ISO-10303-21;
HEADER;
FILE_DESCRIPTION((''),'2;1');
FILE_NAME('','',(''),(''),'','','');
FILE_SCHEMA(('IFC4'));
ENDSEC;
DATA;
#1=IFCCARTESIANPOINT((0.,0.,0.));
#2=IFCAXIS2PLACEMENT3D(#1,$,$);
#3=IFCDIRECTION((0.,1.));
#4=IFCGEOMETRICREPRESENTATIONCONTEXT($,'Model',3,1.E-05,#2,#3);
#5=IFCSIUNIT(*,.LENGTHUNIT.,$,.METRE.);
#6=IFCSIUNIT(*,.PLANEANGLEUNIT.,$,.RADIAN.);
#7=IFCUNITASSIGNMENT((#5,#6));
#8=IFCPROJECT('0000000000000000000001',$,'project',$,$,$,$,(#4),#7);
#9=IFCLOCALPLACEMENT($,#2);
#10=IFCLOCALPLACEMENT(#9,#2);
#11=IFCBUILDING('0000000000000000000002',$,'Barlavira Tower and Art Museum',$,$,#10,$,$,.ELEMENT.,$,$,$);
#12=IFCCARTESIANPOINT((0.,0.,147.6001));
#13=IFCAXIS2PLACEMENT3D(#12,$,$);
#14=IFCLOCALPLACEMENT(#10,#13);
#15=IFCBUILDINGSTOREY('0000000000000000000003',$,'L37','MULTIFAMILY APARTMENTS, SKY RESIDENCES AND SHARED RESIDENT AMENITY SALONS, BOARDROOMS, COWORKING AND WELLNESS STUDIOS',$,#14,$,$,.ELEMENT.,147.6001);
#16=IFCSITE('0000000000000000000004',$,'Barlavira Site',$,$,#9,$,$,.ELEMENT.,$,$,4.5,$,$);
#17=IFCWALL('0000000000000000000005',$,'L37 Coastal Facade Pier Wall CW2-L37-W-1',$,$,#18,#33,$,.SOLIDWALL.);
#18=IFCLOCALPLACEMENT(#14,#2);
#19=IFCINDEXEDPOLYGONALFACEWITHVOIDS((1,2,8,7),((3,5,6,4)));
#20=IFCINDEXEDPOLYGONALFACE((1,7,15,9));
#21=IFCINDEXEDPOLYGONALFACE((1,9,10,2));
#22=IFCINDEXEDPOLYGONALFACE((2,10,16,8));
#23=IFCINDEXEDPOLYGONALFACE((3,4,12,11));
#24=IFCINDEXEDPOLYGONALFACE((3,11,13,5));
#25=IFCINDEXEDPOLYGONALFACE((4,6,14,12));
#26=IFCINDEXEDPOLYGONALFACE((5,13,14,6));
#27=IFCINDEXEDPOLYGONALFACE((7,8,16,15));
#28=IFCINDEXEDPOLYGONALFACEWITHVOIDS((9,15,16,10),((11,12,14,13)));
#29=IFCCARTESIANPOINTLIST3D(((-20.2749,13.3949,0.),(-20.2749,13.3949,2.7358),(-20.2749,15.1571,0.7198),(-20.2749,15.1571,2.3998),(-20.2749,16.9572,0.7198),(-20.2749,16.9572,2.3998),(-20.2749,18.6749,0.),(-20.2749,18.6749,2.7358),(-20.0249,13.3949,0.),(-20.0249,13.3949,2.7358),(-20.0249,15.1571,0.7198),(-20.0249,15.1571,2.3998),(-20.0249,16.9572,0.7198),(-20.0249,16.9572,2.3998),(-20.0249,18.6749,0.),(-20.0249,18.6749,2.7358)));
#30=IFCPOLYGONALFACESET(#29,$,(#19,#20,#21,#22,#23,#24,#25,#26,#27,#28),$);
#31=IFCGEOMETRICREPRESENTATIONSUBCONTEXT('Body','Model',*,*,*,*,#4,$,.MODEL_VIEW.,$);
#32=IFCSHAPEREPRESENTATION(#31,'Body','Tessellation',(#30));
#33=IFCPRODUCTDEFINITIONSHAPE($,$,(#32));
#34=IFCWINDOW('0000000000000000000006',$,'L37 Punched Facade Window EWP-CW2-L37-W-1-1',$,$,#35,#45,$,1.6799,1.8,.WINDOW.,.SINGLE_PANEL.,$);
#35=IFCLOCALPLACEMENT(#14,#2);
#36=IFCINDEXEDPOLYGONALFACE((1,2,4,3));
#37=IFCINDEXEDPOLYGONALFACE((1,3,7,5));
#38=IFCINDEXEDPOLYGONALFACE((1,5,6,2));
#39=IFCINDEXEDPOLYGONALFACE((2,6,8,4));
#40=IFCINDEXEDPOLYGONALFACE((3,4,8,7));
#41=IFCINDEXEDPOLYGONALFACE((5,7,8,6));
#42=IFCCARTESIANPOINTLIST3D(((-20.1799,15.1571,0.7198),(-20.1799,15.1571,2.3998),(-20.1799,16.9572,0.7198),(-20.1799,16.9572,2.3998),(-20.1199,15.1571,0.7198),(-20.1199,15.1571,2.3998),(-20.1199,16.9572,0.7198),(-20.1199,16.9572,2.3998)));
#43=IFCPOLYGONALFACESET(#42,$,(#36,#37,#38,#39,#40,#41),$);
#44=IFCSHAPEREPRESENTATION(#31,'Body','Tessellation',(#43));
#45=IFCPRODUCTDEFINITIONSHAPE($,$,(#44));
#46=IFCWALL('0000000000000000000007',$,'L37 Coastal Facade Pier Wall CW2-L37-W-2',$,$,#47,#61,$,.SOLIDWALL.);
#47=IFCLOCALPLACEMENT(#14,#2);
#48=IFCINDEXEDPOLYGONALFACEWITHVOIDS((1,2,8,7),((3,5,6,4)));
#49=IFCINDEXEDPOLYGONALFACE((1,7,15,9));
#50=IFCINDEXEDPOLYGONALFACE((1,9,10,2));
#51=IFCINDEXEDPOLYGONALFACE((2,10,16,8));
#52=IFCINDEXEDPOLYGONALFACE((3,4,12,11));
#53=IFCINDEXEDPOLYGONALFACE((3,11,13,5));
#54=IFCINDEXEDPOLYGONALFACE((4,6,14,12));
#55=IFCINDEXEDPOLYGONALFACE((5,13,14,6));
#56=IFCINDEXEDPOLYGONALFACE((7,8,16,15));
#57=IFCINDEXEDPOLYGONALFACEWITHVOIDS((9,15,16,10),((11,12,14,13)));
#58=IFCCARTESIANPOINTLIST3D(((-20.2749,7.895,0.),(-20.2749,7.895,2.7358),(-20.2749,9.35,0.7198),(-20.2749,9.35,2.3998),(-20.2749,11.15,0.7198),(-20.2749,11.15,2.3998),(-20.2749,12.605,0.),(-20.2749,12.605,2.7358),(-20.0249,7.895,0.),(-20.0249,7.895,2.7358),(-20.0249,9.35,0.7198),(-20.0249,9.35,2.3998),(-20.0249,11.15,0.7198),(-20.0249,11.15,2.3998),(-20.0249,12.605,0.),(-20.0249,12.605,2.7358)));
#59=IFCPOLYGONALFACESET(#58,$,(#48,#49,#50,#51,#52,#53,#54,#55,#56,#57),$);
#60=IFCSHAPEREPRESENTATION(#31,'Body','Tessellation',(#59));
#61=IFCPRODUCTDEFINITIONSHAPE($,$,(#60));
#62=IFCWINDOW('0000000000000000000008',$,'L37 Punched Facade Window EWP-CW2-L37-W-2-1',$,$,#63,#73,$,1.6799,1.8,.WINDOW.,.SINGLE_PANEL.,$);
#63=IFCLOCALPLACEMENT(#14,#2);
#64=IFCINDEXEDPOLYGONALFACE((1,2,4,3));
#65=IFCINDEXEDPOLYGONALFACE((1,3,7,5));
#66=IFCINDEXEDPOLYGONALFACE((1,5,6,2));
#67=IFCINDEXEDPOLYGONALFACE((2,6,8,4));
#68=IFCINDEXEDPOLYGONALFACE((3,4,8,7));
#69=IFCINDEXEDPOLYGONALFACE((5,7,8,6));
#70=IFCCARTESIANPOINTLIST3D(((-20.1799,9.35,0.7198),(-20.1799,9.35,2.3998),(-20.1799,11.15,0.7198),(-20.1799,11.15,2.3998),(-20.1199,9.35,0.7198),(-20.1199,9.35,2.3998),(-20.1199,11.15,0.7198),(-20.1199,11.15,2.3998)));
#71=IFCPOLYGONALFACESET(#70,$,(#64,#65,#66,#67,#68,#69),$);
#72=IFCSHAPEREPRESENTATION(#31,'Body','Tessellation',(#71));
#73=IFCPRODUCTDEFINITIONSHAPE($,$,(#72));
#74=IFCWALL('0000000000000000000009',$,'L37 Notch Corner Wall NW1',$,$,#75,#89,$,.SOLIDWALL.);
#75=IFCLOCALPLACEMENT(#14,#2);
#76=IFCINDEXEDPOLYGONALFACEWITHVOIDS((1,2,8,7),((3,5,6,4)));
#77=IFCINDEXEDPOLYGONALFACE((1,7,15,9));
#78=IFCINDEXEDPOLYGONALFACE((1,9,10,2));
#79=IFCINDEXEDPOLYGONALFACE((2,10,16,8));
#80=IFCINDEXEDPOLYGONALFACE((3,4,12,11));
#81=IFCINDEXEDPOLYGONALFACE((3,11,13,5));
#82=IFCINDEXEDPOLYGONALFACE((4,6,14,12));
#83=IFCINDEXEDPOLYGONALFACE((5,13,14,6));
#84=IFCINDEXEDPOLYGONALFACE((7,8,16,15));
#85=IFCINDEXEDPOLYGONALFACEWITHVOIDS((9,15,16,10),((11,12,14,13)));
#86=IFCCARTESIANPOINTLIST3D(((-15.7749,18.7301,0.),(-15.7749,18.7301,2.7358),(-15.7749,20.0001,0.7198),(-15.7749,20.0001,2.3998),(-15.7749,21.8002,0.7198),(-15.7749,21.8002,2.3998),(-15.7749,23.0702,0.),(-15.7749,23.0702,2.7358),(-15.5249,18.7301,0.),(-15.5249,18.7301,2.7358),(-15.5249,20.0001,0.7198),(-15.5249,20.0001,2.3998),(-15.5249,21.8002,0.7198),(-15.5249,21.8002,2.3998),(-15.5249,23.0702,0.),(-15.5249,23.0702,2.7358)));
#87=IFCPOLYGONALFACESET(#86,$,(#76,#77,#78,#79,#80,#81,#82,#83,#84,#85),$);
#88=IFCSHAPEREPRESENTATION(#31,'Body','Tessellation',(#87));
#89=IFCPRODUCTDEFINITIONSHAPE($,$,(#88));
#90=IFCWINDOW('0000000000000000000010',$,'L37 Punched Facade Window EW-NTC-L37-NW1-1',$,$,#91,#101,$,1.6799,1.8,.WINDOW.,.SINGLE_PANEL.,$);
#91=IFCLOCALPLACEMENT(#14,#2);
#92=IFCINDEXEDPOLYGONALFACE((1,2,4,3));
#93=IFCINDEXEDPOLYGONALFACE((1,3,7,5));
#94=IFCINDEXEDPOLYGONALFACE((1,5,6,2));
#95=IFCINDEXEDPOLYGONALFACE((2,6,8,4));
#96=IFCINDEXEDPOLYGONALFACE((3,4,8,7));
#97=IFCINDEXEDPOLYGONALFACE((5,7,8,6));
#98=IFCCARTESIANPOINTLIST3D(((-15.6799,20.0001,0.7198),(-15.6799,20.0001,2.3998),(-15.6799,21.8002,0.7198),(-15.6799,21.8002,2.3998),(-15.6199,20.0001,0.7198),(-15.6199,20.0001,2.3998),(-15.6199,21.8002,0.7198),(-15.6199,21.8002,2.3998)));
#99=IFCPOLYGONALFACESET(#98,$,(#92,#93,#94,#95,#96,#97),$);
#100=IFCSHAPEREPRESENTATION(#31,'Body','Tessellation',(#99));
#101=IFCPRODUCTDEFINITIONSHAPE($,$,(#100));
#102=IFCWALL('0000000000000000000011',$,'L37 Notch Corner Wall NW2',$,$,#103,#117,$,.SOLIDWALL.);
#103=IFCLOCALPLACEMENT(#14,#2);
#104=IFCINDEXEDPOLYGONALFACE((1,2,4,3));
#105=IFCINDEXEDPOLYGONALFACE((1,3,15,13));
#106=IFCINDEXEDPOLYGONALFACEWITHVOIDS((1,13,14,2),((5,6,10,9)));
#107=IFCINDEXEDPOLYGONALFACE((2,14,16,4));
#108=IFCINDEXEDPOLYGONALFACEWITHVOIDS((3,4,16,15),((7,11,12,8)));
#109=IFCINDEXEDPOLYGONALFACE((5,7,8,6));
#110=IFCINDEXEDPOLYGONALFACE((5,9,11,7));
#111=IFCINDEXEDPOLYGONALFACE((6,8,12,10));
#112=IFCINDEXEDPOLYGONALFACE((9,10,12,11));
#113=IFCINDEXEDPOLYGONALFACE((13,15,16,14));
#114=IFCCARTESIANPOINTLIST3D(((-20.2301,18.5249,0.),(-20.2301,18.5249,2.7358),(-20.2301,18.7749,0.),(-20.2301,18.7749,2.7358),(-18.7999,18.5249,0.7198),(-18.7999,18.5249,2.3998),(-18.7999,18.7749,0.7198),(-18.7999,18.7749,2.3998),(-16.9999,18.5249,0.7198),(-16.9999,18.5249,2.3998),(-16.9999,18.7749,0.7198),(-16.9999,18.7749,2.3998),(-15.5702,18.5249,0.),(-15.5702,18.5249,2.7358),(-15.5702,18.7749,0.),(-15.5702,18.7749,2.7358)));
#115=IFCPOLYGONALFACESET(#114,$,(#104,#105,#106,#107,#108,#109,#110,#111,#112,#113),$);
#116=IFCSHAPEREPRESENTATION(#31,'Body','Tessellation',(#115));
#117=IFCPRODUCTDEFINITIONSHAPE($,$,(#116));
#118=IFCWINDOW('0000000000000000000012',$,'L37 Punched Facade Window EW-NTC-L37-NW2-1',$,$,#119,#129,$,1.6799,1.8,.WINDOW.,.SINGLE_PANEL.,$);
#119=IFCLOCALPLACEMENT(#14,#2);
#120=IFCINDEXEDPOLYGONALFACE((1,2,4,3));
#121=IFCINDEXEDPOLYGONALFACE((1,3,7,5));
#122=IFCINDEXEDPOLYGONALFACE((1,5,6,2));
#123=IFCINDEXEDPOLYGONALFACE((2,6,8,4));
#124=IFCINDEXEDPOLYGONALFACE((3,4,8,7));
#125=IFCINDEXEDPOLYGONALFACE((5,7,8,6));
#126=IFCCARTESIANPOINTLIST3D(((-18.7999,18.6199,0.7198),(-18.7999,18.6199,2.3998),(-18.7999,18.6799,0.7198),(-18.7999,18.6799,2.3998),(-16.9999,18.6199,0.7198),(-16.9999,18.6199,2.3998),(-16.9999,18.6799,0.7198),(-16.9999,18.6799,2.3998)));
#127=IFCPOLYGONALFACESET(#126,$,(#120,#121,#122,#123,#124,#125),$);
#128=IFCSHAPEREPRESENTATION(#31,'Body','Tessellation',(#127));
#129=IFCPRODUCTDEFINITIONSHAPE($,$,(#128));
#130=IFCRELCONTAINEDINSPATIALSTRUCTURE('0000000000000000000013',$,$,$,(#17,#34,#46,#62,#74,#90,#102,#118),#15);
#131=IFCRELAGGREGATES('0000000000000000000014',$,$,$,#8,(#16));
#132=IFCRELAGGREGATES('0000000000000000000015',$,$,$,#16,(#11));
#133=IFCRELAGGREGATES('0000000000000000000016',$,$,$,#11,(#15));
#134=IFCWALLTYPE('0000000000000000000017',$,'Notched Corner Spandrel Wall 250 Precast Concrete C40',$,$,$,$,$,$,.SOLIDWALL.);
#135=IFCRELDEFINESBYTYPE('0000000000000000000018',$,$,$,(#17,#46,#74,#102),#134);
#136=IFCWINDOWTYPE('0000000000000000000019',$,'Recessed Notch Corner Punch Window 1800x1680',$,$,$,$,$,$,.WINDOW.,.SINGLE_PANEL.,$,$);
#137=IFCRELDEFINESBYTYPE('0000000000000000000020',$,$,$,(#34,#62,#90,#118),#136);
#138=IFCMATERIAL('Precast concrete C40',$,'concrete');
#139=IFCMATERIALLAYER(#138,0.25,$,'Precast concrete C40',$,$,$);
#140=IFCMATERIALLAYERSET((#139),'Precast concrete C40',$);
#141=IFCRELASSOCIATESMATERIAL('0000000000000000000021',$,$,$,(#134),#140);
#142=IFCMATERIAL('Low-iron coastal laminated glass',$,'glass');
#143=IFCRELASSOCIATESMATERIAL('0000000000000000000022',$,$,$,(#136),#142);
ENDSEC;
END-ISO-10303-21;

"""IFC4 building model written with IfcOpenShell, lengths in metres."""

from ifc_helpers import new_model, si_unit, direction, frame, frame_2d, origin, place, context, subcontext, project, spatial, rectangle, extrude, material, layer, layer_set, type_object, element, fill, save


model = new_model("IFC4")

# Units and contexts
model_context = context("Model", 3, precision=1e-05, world=origin(), true_north=direction((0.0, 1.0)))
body_context = subcontext(model_context, "Body", "Model", "MODEL_VIEW")
ifc_project = project(units=[si_unit("LENGTHUNIT", "METRE"), si_unit("PLANEANGLEUNIT", "RADIAN")], contexts=[model_context])

# Site, building, storey
site_placement = place(None, origin())
site = spatial("IfcSite", under=ifc_project, at=site_placement, Name="Barlavira Site", CompositionType="ELEMENT", RefElevation=4.5)
building_placement = place(site_placement, origin())
building = spatial("IfcBuilding", under=site, at=building_placement, Name="Barlavira Tower and Art Museum", CompositionType="ELEMENT")
storey_placement = place(building_placement, frame((0.0, 0.0, 147.6001)))
storey = spatial("IfcBuildingStorey", under=building, at=storey_placement, Name="L37", Description="MULTIFAMILY APARTMENTS, SKY RESIDENCES AND SHARED RESIDENT AMENITY SALONS, BOARDROOMS, COWORKING AND WELLNESS STUDIOS", CompositionType="ELEMENT", Elevation=147.6001)

# Walls, openings, windows
ifc_material_1 = material(Name="Precast concrete C40", Category="concrete")
ifc_layer_1 = layer(ifc_material_1, 0.25, Name="Precast concrete C40")
ifc_layer_set_1 = layer_set([ifc_layer_1], Name="Precast concrete C40")
wall_type_1 = type_object("IfcWallType", Name="Notched Corner Spandrel Wall 250 Precast Concrete C40", PredefinedType="SOLIDWALL", material=ifc_layer_set_1)
ifc_material_2 = material(Name="Low-iron coastal laminated glass", Category="glass")
window_type = type_object("IfcWindowType", Name="Recessed Notch Corner Punch Window 1800x1680", PartitioningType="SINGLE_PANEL", PredefinedType="WINDOW", material=ifc_material_2)
wall_1_placement = place(storey_placement, frame((-20.1499, 18.675, 0.0), z_axis=(0.0, 0.0, 1.0), x_axis=(0.0, -1.0, 0.0)))
wall_1 = element("IfcWall", 1, at=wall_1_placement, inside=storey, type_object=wall_type_1, Name="L37 Coastal Facade Pier Wall CW2-L37-W-1", PredefinedType="SOLIDWALL", context=body_context, shape_type="SweptSolid", body=[
    extrude(rectangle(XDim=5.28, YDim=0.25, at=frame_2d((2.6401, 0.0))), origin(), (0.0, 0.0, 1.0), 2.7358),
])
opening_1_placement = place(wall_1_placement, frame((1.718, 0.0, 0.72)))
opening_1 = element("IfcOpeningElement", 2, at=opening_1_placement, cuts=wall_1, PredefinedType="OPENING", context=body_context, shape_type="SweptSolid", body=[
    extrude(rectangle(XDim=1.8, YDim=1.6799, at=frame_2d((0.8999, 0.8398))), frame((0.0, 0.135, 0.0), z_axis=(0.0, -1.0, 0.0), x_axis=(1.0, 0.0, 0.0)), (0.0, 0.0, 1.0), 0.27),
])
window_1_placement = place(opening_1_placement, origin())
window_1 = element("IfcWindow", 3, at=window_1_placement, inside=storey, type_object=window_type, Name="L37 Punched Facade Window EWP-CW2-L37-W-1-1", OverallHeight=1.6799, OverallWidth=1.8, PartitioningType="SINGLE_PANEL", PredefinedType="WINDOW", context=body_context, shape_type="SweptSolid", body=[
    extrude(rectangle(XDim=1.8, YDim=1.6799, at=frame_2d((0.8999, 0.8398))), frame((0.0, 0.03, 0.0), z_axis=(0.0, -1.0, 0.0), x_axis=(1.0, 0.0, 0.0)), (0.0, 0.0, 1.0), 0.0601),
])
fill(opening_1, window_1)
wall_2_placement = place(storey_placement, frame((-20.1499, 12.605, 0.0), z_axis=(0.0, 0.0, 1.0), x_axis=(0.0, -1.0, 0.0)))
wall_2 = element("IfcWall", 4, at=wall_2_placement, inside=storey, type_object=wall_type_1, Name="L37 Coastal Facade Pier Wall CW2-L37-W-2", PredefinedType="SOLIDWALL", context=body_context, shape_type="SweptSolid", body=[
    extrude(rectangle(XDim=4.71, YDim=0.25, at=frame_2d((2.355, 0.0))), origin(), (0.0, 0.0, 1.0), 2.7358),
])
opening_2_placement = place(wall_2_placement, frame((1.4551, 0.0, 0.72)))
opening_2 = element("IfcOpeningElement", 5, at=opening_2_placement, cuts=wall_2, PredefinedType="OPENING", context=body_context, shape_type="SweptSolid", body=[
    extrude(rectangle(XDim=1.8, YDim=1.6799, at=frame_2d((0.8999, 0.8398))), frame((0.0, 0.135, 0.0), z_axis=(0.0, -1.0, 0.0), x_axis=(1.0, 0.0, 0.0)), (0.0, 0.0, 1.0), 0.27),
])
window_2_placement = place(opening_2_placement, origin())
window_2 = element("IfcWindow", 6, at=window_2_placement, inside=storey, type_object=window_type, Name="L37 Punched Facade Window EWP-CW2-L37-W-2-1", OverallHeight=1.6799, OverallWidth=1.8, PartitioningType="SINGLE_PANEL", PredefinedType="WINDOW", context=body_context, shape_type="SweptSolid", body=[
    extrude(rectangle(XDim=1.8, YDim=1.6799, at=frame_2d((0.8999, 0.8398))), frame((0.0, 0.03, 0.0), z_axis=(0.0, -1.0, 0.0), x_axis=(1.0, 0.0, 0.0)), (0.0, 0.0, 1.0), 0.0601),
])
fill(opening_2, window_2)
wall_3_placement = place(storey_placement, frame((-15.6499, 23.0701, 0.0), z_axis=(0.0, 0.0, 1.0), x_axis=(0.0, -1.0, 0.0)))
wall_3 = element("IfcWall", 7, at=wall_3_placement, inside=storey, type_object=wall_type_1, Name="L37 Notch Corner Wall NW1", PredefinedType="SOLIDWALL", context=body_context, shape_type="SweptSolid", body=[
    extrude(rectangle(XDim=4.3401, YDim=0.25, at=frame_2d((2.1699, 0.0))), origin(), (0.0, 0.0, 1.0), 2.7358),
])
opening_3_placement = place(wall_3_placement, frame((1.27, 0.0, 0.72)))
opening_3 = element("IfcOpeningElement", 8, at=opening_3_placement, cuts=wall_3, PredefinedType="OPENING", context=body_context, shape_type="SweptSolid", body=[
    extrude(rectangle(XDim=1.8, YDim=1.6799, at=frame_2d((0.8999, 0.8398))), frame((0.0, 0.135, 0.0), z_axis=(0.0, -1.0, 0.0), x_axis=(1.0, 0.0, 0.0)), (0.0, 0.0, 1.0), 0.27),
])
window_3_placement = place(opening_3_placement, origin())
window_3 = element("IfcWindow", 9, at=window_3_placement, inside=storey, type_object=window_type, Name="L37 Punched Facade Window EW-NTC-L37-NW1-1", OverallHeight=1.6799, OverallWidth=1.8, PartitioningType="SINGLE_PANEL", PredefinedType="WINDOW", context=body_context, shape_type="SweptSolid", body=[
    extrude(rectangle(XDim=1.8, YDim=1.6799, at=frame_2d((0.8999, 0.8398))), frame((0.0, 0.03, 0.0), z_axis=(0.0, -1.0, 0.0), x_axis=(1.0, 0.0, 0.0)), (0.0, 0.0, 1.0), 0.0601),
])
fill(opening_3, window_3)
wall_4_placement = place(storey_placement, frame((-15.5701, 18.6499, 0.0), z_axis=(0.0, 0.0, 1.0), x_axis=(-1.0, 0.0, 0.0)))
wall_4 = element("IfcWall", 10, at=wall_4_placement, inside=storey, type_object=wall_type_1, Name="L37 Notch Corner Wall NW2", PredefinedType="SOLIDWALL", context=body_context, shape_type="SweptSolid", body=[
    extrude(rectangle(XDim=4.6599, YDim=0.25, at=frame_2d((2.3301, 0.0))), origin(), (0.0, 0.0, 1.0), 2.7358),
])
opening_4_placement = place(wall_4_placement, frame((1.4299, 0.0, 0.72)))
opening_4 = element("IfcOpeningElement", 11, at=opening_4_placement, cuts=wall_4, PredefinedType="OPENING", context=body_context, shape_type="SweptSolid", body=[
    extrude(rectangle(XDim=1.8, YDim=1.6799, at=frame_2d((0.8999, 0.8398))), frame((0.0, 0.135, 0.0), z_axis=(0.0, -1.0, 0.0), x_axis=(1.0, 0.0, 0.0)), (0.0, 0.0, 1.0), 0.27),
])
window_4_placement = place(opening_4_placement, origin())
window_4 = element("IfcWindow", 12, at=window_4_placement, inside=storey, type_object=window_type, Name="L37 Punched Facade Window EW-NTC-L37-NW2-1", OverallHeight=1.6799, OverallWidth=1.8, PartitioningType="SINGLE_PANEL", PredefinedType="WINDOW", context=body_context, shape_type="SweptSolid", body=[
    extrude(rectangle(XDim=1.8, YDim=1.6799, at=frame_2d((0.8999, 0.8398))), frame((0.0, 0.03, 0.0), z_axis=(0.0, -1.0, 0.0), x_axis=(1.0, 0.0, 0.0)), (0.0, 0.0, 1.0), 0.0601),
])
fill(opening_4, window_4)

save(model, "model.ifc")
